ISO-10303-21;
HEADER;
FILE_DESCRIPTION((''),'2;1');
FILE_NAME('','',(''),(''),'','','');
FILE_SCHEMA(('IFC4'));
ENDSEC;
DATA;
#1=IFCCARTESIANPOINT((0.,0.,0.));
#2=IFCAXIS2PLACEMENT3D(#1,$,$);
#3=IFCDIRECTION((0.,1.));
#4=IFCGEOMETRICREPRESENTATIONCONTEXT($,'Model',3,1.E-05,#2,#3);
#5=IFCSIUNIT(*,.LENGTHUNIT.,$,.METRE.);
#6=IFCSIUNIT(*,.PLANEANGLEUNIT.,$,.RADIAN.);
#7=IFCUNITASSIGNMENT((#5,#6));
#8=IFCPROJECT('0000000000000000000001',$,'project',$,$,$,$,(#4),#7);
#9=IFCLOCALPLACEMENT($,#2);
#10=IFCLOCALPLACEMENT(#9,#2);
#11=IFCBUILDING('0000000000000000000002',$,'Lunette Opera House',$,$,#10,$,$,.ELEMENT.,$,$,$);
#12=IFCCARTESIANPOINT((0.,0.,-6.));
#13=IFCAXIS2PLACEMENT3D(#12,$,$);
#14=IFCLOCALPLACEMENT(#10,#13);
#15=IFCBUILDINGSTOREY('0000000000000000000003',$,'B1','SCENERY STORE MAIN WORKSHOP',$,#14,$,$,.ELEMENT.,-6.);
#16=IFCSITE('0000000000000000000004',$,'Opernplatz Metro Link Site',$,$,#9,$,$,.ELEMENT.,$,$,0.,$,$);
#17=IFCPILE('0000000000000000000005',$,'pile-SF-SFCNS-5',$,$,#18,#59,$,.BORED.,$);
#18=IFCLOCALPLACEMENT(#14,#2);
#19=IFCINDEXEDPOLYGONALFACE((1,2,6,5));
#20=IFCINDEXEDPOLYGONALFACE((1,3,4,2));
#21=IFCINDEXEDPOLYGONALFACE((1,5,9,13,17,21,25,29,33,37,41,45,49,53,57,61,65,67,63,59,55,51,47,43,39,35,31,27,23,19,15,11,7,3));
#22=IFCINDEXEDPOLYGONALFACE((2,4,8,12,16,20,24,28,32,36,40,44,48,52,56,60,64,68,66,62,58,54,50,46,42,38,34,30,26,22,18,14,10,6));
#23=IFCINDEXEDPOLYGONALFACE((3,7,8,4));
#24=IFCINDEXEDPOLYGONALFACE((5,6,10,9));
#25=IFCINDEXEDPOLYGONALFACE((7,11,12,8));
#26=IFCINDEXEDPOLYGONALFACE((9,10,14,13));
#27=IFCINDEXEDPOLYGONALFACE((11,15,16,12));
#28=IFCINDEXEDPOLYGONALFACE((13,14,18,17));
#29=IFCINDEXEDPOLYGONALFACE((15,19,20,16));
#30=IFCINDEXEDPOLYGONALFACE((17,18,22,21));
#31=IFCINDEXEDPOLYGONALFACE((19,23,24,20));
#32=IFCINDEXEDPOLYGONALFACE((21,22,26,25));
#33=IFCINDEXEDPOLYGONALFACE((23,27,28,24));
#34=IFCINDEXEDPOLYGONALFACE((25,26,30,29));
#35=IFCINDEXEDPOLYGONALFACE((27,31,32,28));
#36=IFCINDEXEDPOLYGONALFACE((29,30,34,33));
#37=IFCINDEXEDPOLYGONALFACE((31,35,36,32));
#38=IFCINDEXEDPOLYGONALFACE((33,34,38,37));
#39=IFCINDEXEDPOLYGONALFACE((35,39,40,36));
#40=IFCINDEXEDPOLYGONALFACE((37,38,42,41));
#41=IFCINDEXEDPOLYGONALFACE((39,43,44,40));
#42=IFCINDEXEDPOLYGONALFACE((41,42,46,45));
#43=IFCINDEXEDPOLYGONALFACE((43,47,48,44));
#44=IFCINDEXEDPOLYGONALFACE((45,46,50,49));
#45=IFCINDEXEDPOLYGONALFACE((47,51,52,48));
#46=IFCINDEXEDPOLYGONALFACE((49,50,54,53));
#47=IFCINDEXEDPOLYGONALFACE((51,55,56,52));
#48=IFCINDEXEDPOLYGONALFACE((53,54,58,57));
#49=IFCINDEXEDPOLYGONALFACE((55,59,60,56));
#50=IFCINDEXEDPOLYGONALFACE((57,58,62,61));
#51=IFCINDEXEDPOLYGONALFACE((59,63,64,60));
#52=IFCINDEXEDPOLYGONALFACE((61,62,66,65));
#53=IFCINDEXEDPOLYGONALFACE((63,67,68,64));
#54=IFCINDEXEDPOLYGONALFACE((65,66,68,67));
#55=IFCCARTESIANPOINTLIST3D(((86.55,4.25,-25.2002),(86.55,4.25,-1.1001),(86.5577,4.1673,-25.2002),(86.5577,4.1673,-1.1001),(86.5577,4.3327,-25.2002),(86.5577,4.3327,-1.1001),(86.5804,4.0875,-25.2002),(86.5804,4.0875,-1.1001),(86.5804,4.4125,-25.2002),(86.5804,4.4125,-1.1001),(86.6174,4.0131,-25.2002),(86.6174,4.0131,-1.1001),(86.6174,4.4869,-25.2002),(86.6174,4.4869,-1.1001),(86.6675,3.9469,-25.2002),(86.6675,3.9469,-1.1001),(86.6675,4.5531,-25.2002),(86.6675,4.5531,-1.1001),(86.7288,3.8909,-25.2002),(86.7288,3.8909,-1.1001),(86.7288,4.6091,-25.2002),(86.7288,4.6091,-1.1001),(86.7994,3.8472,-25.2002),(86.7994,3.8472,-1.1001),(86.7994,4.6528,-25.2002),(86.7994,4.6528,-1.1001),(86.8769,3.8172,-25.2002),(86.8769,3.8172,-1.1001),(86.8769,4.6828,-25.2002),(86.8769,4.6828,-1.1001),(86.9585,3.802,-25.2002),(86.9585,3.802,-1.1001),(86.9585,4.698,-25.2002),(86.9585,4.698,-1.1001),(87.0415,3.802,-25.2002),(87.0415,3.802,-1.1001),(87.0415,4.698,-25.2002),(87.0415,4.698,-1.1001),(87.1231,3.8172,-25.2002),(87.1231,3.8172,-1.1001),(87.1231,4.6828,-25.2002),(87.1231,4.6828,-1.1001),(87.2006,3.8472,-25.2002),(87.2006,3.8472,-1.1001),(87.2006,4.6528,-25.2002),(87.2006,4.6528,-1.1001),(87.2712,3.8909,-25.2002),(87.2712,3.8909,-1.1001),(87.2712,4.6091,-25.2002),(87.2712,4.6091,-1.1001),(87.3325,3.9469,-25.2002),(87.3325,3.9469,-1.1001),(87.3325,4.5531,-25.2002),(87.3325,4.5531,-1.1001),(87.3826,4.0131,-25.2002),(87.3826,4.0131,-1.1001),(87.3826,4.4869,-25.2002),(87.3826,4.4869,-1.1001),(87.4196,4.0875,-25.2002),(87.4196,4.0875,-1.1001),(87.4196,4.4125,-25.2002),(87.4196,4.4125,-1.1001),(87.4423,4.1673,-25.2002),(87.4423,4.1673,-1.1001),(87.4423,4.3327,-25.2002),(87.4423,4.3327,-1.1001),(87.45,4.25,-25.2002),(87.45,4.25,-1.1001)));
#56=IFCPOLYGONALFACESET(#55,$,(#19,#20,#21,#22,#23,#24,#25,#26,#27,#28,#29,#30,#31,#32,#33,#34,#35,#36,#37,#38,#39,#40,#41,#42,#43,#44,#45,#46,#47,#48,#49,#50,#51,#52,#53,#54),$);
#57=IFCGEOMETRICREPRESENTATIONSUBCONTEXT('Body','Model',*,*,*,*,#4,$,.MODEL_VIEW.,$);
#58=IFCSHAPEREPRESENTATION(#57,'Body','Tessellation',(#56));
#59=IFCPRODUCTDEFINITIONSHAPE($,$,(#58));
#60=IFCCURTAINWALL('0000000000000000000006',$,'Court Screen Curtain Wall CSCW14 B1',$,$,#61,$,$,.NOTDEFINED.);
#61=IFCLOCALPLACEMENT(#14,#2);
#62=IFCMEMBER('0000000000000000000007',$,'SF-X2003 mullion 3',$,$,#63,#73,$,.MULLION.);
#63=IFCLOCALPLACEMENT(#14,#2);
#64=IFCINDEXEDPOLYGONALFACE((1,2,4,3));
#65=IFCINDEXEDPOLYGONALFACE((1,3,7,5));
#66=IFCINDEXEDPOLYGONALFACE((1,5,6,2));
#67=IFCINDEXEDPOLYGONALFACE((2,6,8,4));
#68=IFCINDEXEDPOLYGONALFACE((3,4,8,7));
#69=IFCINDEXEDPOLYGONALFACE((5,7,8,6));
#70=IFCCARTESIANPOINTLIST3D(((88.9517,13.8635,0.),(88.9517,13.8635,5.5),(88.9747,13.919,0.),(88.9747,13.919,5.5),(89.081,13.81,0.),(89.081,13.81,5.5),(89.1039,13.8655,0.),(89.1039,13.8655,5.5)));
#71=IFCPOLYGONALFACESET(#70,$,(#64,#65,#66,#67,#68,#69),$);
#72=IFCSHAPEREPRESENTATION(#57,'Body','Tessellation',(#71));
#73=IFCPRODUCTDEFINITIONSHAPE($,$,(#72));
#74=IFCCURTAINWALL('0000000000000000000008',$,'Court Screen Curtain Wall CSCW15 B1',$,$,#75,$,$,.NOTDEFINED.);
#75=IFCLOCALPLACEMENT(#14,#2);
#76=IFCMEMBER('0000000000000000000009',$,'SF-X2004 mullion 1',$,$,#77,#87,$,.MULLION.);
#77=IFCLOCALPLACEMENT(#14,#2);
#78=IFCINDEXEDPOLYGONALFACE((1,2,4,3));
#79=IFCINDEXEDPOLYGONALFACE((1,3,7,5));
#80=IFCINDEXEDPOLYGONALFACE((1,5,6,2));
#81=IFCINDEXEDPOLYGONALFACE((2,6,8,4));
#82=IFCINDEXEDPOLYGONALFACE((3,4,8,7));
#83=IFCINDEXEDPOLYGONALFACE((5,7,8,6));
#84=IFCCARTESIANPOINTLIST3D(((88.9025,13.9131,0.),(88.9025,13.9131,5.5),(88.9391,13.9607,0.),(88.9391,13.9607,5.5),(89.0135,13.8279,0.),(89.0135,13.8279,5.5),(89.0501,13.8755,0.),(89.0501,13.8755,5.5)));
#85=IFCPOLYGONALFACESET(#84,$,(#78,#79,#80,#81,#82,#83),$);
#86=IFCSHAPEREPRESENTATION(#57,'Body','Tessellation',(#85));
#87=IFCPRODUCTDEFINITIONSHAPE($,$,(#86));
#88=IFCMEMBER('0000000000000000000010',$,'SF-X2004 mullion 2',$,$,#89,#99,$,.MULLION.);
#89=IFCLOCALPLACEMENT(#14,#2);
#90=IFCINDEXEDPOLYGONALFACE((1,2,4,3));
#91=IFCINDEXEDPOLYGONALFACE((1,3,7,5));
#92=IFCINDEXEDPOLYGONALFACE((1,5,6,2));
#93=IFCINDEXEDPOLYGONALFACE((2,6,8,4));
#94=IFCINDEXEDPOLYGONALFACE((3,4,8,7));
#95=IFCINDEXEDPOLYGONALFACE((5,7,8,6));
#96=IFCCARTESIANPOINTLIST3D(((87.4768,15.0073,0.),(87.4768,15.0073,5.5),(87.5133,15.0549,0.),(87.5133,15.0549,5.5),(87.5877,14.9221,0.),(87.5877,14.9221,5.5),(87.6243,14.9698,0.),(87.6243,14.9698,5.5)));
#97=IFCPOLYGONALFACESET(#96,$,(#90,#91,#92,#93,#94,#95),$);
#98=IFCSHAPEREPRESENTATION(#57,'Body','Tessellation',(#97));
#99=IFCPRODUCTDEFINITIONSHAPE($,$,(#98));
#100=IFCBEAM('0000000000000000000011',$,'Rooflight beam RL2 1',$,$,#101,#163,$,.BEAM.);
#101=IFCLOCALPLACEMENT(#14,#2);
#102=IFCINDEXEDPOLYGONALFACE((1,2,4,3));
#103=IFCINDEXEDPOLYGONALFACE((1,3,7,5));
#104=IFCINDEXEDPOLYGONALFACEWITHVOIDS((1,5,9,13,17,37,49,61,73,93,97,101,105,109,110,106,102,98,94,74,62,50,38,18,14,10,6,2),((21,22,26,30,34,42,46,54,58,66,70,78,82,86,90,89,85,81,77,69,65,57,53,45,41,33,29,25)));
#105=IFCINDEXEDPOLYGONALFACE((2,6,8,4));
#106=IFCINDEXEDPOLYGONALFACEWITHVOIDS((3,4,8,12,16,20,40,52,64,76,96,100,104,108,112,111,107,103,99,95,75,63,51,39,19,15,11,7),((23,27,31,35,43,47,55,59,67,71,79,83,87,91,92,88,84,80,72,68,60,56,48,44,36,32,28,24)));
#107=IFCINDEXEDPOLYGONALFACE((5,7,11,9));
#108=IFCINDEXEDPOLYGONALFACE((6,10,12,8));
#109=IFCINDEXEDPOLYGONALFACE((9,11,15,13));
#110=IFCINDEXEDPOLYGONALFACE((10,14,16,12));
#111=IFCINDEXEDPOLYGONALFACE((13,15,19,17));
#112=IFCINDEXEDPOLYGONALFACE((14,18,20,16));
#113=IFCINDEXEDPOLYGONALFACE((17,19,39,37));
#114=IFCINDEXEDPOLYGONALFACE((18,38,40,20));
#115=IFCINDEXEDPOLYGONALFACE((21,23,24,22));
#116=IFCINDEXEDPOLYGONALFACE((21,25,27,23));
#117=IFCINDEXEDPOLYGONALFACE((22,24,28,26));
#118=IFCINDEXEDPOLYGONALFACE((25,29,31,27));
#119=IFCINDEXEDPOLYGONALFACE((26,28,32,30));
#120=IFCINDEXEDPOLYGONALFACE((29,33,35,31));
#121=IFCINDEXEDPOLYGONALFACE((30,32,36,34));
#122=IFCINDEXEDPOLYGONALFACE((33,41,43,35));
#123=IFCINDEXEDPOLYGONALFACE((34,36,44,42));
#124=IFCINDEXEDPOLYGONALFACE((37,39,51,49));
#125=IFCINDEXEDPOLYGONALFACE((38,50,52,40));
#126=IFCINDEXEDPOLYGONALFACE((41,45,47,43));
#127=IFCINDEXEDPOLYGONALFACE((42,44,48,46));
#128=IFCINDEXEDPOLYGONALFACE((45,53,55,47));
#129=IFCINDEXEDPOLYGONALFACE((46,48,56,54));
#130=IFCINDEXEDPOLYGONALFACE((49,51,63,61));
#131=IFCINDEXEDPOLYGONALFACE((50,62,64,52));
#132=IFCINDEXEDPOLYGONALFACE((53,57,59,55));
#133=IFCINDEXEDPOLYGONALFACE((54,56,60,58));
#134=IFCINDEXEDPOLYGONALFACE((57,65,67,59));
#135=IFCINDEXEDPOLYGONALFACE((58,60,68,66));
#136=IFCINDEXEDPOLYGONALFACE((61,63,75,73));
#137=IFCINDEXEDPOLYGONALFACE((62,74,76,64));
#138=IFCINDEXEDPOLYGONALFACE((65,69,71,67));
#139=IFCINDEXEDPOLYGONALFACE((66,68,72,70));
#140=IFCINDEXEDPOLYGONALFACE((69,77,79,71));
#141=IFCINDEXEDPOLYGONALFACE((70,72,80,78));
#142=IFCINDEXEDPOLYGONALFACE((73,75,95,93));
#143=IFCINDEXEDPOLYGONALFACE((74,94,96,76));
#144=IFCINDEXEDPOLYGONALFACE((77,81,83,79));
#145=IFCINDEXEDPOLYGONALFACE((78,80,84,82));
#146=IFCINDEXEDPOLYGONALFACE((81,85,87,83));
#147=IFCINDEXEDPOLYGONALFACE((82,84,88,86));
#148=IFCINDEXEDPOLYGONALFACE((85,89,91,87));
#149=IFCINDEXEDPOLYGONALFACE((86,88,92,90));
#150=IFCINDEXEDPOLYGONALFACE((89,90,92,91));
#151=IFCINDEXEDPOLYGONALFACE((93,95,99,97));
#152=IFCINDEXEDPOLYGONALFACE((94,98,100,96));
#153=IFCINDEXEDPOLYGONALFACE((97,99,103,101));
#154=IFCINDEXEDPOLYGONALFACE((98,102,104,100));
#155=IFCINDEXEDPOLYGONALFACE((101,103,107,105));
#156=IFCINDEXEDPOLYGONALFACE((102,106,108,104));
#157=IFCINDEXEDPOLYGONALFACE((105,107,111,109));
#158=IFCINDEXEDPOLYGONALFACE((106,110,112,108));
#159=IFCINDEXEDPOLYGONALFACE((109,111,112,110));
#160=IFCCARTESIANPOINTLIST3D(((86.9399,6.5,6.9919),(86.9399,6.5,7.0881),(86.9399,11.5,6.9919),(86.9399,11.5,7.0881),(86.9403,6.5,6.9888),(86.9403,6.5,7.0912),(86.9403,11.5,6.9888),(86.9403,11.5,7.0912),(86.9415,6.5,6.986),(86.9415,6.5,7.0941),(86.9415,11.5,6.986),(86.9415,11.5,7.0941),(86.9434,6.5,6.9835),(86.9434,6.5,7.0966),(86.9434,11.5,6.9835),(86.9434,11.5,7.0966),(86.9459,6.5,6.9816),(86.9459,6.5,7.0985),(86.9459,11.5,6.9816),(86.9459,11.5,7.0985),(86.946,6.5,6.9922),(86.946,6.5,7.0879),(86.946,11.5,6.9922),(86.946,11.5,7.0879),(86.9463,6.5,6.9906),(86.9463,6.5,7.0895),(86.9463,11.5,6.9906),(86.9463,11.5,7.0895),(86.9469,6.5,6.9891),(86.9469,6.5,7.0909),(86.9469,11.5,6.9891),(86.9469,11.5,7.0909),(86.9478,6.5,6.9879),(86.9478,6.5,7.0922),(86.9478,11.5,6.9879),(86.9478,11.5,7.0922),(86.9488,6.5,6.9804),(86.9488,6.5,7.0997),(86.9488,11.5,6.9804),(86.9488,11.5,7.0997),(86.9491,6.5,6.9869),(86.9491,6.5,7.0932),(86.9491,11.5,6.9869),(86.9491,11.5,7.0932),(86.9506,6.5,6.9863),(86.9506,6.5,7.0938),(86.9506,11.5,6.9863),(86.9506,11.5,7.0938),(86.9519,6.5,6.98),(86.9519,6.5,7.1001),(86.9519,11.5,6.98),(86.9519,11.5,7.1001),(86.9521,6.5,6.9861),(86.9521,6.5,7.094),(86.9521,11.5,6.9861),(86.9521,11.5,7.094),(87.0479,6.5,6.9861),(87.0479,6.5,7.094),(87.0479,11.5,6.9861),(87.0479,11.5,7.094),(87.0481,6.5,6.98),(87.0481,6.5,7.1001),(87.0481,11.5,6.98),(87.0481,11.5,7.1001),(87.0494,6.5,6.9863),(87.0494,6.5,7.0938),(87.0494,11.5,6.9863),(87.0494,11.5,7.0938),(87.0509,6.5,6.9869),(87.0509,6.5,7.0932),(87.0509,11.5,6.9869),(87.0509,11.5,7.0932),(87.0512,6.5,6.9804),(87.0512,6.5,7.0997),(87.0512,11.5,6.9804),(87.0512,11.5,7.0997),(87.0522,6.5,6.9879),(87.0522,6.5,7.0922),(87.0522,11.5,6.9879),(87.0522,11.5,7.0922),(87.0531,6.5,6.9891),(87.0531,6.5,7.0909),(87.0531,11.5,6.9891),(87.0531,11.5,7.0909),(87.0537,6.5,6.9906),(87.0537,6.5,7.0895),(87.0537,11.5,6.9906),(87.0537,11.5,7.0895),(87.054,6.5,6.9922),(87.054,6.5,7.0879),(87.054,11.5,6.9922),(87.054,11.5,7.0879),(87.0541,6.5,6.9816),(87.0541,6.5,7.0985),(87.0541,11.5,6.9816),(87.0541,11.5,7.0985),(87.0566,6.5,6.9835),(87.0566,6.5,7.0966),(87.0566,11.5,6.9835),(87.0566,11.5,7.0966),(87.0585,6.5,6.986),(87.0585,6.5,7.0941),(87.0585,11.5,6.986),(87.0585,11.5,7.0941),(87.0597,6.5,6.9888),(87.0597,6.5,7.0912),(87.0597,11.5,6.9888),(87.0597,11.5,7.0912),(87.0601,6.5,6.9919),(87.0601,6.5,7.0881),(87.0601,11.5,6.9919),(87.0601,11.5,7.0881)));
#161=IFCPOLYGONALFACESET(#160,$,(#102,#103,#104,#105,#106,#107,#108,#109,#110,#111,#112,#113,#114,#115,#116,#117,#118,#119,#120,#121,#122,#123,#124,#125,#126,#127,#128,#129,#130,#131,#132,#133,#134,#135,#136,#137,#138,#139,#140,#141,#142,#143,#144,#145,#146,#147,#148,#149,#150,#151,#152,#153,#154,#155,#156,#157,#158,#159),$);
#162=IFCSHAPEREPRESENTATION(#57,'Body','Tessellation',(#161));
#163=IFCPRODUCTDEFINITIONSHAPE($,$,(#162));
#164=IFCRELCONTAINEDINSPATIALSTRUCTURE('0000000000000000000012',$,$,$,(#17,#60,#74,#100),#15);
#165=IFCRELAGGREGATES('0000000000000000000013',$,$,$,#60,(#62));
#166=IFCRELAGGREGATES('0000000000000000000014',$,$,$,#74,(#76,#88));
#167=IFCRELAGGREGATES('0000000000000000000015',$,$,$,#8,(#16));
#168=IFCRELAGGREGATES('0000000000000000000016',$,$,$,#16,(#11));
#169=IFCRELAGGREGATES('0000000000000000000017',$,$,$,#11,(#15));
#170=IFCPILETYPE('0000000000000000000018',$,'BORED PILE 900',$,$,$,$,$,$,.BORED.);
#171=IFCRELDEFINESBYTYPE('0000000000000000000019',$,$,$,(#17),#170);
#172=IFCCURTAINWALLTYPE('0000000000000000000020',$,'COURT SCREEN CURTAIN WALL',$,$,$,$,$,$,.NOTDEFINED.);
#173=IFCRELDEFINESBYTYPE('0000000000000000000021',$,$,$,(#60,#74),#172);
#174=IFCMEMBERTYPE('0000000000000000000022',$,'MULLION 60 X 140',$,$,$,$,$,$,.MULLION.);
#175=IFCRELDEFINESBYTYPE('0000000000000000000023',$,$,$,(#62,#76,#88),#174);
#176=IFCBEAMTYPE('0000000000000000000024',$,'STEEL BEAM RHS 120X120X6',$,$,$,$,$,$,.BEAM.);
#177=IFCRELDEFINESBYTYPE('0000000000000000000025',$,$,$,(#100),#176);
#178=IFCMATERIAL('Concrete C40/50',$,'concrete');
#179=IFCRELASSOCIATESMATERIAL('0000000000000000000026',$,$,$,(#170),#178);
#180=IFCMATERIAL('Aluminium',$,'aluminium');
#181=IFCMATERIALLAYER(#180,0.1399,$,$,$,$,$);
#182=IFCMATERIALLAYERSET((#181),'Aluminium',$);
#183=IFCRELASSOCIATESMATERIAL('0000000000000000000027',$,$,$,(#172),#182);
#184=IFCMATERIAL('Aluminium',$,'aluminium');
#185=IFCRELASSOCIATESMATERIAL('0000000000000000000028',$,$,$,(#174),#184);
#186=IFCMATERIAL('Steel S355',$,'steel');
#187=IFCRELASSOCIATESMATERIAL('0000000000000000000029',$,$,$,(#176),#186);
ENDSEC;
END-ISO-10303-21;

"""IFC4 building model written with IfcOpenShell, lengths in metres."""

from ifc_helpers import new_model, si_unit, direction, frame, origin, origin_2d, place, context, subcontext, project, spatial, rectangle, hollow_rectangle, circle, extrude, material, layer, layer_set, material_profile, profile_set, type_object, element, aggregate, save


model = new_model("IFC4")

# Units and contexts
model_context = context("Model", 3, precision=1e-05, world=origin(), true_north=direction((0.0, 1.0)))
body_context = subcontext(model_context, "Body", "Model", "MODEL_VIEW")
ifc_project = project(units=[si_unit("LENGTHUNIT", "METRE"), si_unit("PLANEANGLEUNIT", "RADIAN")], contexts=[model_context])

# Site, building, storey
site_placement = place(None, origin())
site = spatial("IfcSite", under=ifc_project, at=site_placement, Name="Opernplatz Metro Link Site", CompositionType="ELEMENT", RefElevation=0.0)
building_placement = place(site_placement, origin())
building = spatial("IfcBuilding", under=site, at=building_placement, Name="Lunette Opera House", CompositionType="ELEMENT")
storey_placement = place(building_placement, frame((0.0, 0.0, -6.0)))
storey = spatial("IfcBuildingStorey", under=building, at=storey_placement, Name="B1", Description="SCENERY STORE MAIN WORKSHOP", CompositionType="ELEMENT", Elevation=-6.0)

# Pile
ifc_material_1 = material(Name="Concrete C40/50", Category="concrete")
ifc_material_profile_1 = material_profile(ifc_material_1, circle(Radius=0.45, at=origin_2d()), Name="BORED PILE 900")
ifc_profile_set_1 = profile_set([ifc_material_profile_1], Name="Concrete C40/50")
pile_type = type_object("IfcPileType", Name="BORED PILE 900", PredefinedType="BORED", material=ifc_profile_set_1)
pile_placement = place(storey_placement, frame((87.0, 4.25, -1.1001), z_axis=(0.0, 0.0, -1.0), x_axis=(1.0, 0.0, 0.0)))
element("IfcPile", 1, at=pile_placement, inside=storey, type_object=pile_type, Name="pile-SF-SFCNS-5", PredefinedType="BORED", context=body_context, shape_type="SweptSolid", body=[
    extrude(circle(Radius=0.45, at=origin_2d()), origin(), (0.0, 0.0, 1.0), 24.1001),
])

# Curtain wall, member
ifc_material_2 = material(Name="Aluminium", Category="aluminium")
ifc_layer_1 = layer(ifc_material_2, 0.1399)
ifc_layer_set_1 = layer_set([ifc_layer_1], Name="Aluminium")
curtain_wall_type = type_object("IfcCurtainWallType", Name="COURT SCREEN CURTAIN WALL", PredefinedType="NOTDEFINED", material=ifc_layer_set_1)
curtain_wall_1_placement = place(storey_placement, origin())
curtain_wall_1 = element("IfcCurtainWall", 2, at=curtain_wall_1_placement, inside=storey, type_object=curtain_wall_type, Name="Court Screen Curtain Wall CSCW14 B1", PredefinedType="NOTDEFINED")
ifc_material_3 = material(Name="Aluminium", Category="aluminium")
ifc_material_profile_2 = material_profile(ifc_material_3, rectangle(XDim=0.0601, YDim=0.1399, at=origin_2d()), Name="MULLION 60 X 140")
ifc_profile_set_2 = profile_set([ifc_material_profile_2], Name="Aluminium")
member_type_1 = type_object("IfcMemberType", Name="MULLION 60 X 140", PredefinedType="MULLION", material=ifc_profile_set_2)
member_1_placement = place(storey_placement, frame((89.0278, 13.8645, 0.0), z_axis=(0.0, 0.0, 1.0), x_axis=(-0.38273, -0.92386, 0.0)))
member_1 = element("IfcMember", 3, at=member_1_placement, type_object=member_type_1, Name="SF-X2003 mullion 3", PredefinedType="MULLION", context=body_context, shape_type="SweptSolid", body=[
    extrude(rectangle(XDim=0.0601, YDim=0.1399, at=origin_2d()), origin(), (0.0, 0.0, 1.0), 5.5),
])
aggregate(curtain_wall_1, [member_1])

# Curtain wall, members
curtain_wall_2_placement = place(storey_placement, origin())
curtain_wall_2 = element("IfcCurtainWall", 4, at=curtain_wall_2_placement, inside=storey, type_object=curtain_wall_type, Name="Court Screen Curtain Wall CSCW15 B1", PredefinedType="NOTDEFINED")
member_2_placement = place(storey_placement, frame((88.9763, 13.8943, 0.0), z_axis=(0.0, 0.0, 1.0), x_axis=(-0.608851, -0.793285, 0.0)))
member_2 = element("IfcMember", 5, at=member_2_placement, type_object=member_type_1, Name="SF-X2004 mullion 1", PredefinedType="MULLION", context=body_context, shape_type="SweptSolid", body=[
    extrude(rectangle(XDim=0.0601, YDim=0.1399, at=origin_2d()), origin(), (0.0, 0.0, 1.0), 5.5),
])
member_3_placement = place(storey_placement, frame((87.5505, 14.9885, 0.0), z_axis=(0.0, 0.0, 1.0), x_axis=(-0.608851, -0.793285, 0.0)))
member_3 = element("IfcMember", 6, at=member_3_placement, type_object=member_type_1, Name="SF-X2004 mullion 2", PredefinedType="MULLION", context=body_context, shape_type="SweptSolid", body=[
    extrude(rectangle(XDim=0.0601, YDim=0.1399, at=origin_2d()), origin(), (0.0, 0.0, 1.0), 5.5),
])

# Beam
ifc_material_4 = material(Name="Steel S355", Category="steel")
ifc_material_profile_3 = material_profile(ifc_material_4, hollow_rectangle(XDim=0.1201, YDim=0.1201, WallThickness=0.0061, InnerFilletRadius=0.0061, OuterFilletRadius=0.012, at=origin_2d()), Name="RHS 120X120X6")
ifc_profile_set_3 = profile_set([ifc_material_profile_3], Name="Steel S355")
beam_type = type_object("IfcBeamType", Name="STEEL BEAM RHS 120X120X6", PredefinedType="BEAM", material=ifc_profile_set_3)
for number, where, z_axis, x_axis, name in (
    (7, (87.0, 6.5, 7.04), (0.0, 1.0, 0.0), (-1.0, 0.0, 0.0), "Rooflight beam RL2 1"),
):
    element("IfcBeam", number, at=place(storey_placement, frame(where, z_axis=z_axis, x_axis=x_axis)), inside=storey, type_object=beam_type, Name=name, PredefinedType="BEAM", context=body_context, shape_type="SweptSolid", body=[
        extrude(hollow_rectangle(XDim=0.1201, YDim=0.1201, WallThickness=0.0061, InnerFilletRadius=0.0061, OuterFilletRadius=0.012, at=origin_2d()), origin(), (0.0, 0.0, 1.0), 5.0),
    ])

aggregate(curtain_wall_2, [member_2, member_3])

save(model, "model.ifc")
